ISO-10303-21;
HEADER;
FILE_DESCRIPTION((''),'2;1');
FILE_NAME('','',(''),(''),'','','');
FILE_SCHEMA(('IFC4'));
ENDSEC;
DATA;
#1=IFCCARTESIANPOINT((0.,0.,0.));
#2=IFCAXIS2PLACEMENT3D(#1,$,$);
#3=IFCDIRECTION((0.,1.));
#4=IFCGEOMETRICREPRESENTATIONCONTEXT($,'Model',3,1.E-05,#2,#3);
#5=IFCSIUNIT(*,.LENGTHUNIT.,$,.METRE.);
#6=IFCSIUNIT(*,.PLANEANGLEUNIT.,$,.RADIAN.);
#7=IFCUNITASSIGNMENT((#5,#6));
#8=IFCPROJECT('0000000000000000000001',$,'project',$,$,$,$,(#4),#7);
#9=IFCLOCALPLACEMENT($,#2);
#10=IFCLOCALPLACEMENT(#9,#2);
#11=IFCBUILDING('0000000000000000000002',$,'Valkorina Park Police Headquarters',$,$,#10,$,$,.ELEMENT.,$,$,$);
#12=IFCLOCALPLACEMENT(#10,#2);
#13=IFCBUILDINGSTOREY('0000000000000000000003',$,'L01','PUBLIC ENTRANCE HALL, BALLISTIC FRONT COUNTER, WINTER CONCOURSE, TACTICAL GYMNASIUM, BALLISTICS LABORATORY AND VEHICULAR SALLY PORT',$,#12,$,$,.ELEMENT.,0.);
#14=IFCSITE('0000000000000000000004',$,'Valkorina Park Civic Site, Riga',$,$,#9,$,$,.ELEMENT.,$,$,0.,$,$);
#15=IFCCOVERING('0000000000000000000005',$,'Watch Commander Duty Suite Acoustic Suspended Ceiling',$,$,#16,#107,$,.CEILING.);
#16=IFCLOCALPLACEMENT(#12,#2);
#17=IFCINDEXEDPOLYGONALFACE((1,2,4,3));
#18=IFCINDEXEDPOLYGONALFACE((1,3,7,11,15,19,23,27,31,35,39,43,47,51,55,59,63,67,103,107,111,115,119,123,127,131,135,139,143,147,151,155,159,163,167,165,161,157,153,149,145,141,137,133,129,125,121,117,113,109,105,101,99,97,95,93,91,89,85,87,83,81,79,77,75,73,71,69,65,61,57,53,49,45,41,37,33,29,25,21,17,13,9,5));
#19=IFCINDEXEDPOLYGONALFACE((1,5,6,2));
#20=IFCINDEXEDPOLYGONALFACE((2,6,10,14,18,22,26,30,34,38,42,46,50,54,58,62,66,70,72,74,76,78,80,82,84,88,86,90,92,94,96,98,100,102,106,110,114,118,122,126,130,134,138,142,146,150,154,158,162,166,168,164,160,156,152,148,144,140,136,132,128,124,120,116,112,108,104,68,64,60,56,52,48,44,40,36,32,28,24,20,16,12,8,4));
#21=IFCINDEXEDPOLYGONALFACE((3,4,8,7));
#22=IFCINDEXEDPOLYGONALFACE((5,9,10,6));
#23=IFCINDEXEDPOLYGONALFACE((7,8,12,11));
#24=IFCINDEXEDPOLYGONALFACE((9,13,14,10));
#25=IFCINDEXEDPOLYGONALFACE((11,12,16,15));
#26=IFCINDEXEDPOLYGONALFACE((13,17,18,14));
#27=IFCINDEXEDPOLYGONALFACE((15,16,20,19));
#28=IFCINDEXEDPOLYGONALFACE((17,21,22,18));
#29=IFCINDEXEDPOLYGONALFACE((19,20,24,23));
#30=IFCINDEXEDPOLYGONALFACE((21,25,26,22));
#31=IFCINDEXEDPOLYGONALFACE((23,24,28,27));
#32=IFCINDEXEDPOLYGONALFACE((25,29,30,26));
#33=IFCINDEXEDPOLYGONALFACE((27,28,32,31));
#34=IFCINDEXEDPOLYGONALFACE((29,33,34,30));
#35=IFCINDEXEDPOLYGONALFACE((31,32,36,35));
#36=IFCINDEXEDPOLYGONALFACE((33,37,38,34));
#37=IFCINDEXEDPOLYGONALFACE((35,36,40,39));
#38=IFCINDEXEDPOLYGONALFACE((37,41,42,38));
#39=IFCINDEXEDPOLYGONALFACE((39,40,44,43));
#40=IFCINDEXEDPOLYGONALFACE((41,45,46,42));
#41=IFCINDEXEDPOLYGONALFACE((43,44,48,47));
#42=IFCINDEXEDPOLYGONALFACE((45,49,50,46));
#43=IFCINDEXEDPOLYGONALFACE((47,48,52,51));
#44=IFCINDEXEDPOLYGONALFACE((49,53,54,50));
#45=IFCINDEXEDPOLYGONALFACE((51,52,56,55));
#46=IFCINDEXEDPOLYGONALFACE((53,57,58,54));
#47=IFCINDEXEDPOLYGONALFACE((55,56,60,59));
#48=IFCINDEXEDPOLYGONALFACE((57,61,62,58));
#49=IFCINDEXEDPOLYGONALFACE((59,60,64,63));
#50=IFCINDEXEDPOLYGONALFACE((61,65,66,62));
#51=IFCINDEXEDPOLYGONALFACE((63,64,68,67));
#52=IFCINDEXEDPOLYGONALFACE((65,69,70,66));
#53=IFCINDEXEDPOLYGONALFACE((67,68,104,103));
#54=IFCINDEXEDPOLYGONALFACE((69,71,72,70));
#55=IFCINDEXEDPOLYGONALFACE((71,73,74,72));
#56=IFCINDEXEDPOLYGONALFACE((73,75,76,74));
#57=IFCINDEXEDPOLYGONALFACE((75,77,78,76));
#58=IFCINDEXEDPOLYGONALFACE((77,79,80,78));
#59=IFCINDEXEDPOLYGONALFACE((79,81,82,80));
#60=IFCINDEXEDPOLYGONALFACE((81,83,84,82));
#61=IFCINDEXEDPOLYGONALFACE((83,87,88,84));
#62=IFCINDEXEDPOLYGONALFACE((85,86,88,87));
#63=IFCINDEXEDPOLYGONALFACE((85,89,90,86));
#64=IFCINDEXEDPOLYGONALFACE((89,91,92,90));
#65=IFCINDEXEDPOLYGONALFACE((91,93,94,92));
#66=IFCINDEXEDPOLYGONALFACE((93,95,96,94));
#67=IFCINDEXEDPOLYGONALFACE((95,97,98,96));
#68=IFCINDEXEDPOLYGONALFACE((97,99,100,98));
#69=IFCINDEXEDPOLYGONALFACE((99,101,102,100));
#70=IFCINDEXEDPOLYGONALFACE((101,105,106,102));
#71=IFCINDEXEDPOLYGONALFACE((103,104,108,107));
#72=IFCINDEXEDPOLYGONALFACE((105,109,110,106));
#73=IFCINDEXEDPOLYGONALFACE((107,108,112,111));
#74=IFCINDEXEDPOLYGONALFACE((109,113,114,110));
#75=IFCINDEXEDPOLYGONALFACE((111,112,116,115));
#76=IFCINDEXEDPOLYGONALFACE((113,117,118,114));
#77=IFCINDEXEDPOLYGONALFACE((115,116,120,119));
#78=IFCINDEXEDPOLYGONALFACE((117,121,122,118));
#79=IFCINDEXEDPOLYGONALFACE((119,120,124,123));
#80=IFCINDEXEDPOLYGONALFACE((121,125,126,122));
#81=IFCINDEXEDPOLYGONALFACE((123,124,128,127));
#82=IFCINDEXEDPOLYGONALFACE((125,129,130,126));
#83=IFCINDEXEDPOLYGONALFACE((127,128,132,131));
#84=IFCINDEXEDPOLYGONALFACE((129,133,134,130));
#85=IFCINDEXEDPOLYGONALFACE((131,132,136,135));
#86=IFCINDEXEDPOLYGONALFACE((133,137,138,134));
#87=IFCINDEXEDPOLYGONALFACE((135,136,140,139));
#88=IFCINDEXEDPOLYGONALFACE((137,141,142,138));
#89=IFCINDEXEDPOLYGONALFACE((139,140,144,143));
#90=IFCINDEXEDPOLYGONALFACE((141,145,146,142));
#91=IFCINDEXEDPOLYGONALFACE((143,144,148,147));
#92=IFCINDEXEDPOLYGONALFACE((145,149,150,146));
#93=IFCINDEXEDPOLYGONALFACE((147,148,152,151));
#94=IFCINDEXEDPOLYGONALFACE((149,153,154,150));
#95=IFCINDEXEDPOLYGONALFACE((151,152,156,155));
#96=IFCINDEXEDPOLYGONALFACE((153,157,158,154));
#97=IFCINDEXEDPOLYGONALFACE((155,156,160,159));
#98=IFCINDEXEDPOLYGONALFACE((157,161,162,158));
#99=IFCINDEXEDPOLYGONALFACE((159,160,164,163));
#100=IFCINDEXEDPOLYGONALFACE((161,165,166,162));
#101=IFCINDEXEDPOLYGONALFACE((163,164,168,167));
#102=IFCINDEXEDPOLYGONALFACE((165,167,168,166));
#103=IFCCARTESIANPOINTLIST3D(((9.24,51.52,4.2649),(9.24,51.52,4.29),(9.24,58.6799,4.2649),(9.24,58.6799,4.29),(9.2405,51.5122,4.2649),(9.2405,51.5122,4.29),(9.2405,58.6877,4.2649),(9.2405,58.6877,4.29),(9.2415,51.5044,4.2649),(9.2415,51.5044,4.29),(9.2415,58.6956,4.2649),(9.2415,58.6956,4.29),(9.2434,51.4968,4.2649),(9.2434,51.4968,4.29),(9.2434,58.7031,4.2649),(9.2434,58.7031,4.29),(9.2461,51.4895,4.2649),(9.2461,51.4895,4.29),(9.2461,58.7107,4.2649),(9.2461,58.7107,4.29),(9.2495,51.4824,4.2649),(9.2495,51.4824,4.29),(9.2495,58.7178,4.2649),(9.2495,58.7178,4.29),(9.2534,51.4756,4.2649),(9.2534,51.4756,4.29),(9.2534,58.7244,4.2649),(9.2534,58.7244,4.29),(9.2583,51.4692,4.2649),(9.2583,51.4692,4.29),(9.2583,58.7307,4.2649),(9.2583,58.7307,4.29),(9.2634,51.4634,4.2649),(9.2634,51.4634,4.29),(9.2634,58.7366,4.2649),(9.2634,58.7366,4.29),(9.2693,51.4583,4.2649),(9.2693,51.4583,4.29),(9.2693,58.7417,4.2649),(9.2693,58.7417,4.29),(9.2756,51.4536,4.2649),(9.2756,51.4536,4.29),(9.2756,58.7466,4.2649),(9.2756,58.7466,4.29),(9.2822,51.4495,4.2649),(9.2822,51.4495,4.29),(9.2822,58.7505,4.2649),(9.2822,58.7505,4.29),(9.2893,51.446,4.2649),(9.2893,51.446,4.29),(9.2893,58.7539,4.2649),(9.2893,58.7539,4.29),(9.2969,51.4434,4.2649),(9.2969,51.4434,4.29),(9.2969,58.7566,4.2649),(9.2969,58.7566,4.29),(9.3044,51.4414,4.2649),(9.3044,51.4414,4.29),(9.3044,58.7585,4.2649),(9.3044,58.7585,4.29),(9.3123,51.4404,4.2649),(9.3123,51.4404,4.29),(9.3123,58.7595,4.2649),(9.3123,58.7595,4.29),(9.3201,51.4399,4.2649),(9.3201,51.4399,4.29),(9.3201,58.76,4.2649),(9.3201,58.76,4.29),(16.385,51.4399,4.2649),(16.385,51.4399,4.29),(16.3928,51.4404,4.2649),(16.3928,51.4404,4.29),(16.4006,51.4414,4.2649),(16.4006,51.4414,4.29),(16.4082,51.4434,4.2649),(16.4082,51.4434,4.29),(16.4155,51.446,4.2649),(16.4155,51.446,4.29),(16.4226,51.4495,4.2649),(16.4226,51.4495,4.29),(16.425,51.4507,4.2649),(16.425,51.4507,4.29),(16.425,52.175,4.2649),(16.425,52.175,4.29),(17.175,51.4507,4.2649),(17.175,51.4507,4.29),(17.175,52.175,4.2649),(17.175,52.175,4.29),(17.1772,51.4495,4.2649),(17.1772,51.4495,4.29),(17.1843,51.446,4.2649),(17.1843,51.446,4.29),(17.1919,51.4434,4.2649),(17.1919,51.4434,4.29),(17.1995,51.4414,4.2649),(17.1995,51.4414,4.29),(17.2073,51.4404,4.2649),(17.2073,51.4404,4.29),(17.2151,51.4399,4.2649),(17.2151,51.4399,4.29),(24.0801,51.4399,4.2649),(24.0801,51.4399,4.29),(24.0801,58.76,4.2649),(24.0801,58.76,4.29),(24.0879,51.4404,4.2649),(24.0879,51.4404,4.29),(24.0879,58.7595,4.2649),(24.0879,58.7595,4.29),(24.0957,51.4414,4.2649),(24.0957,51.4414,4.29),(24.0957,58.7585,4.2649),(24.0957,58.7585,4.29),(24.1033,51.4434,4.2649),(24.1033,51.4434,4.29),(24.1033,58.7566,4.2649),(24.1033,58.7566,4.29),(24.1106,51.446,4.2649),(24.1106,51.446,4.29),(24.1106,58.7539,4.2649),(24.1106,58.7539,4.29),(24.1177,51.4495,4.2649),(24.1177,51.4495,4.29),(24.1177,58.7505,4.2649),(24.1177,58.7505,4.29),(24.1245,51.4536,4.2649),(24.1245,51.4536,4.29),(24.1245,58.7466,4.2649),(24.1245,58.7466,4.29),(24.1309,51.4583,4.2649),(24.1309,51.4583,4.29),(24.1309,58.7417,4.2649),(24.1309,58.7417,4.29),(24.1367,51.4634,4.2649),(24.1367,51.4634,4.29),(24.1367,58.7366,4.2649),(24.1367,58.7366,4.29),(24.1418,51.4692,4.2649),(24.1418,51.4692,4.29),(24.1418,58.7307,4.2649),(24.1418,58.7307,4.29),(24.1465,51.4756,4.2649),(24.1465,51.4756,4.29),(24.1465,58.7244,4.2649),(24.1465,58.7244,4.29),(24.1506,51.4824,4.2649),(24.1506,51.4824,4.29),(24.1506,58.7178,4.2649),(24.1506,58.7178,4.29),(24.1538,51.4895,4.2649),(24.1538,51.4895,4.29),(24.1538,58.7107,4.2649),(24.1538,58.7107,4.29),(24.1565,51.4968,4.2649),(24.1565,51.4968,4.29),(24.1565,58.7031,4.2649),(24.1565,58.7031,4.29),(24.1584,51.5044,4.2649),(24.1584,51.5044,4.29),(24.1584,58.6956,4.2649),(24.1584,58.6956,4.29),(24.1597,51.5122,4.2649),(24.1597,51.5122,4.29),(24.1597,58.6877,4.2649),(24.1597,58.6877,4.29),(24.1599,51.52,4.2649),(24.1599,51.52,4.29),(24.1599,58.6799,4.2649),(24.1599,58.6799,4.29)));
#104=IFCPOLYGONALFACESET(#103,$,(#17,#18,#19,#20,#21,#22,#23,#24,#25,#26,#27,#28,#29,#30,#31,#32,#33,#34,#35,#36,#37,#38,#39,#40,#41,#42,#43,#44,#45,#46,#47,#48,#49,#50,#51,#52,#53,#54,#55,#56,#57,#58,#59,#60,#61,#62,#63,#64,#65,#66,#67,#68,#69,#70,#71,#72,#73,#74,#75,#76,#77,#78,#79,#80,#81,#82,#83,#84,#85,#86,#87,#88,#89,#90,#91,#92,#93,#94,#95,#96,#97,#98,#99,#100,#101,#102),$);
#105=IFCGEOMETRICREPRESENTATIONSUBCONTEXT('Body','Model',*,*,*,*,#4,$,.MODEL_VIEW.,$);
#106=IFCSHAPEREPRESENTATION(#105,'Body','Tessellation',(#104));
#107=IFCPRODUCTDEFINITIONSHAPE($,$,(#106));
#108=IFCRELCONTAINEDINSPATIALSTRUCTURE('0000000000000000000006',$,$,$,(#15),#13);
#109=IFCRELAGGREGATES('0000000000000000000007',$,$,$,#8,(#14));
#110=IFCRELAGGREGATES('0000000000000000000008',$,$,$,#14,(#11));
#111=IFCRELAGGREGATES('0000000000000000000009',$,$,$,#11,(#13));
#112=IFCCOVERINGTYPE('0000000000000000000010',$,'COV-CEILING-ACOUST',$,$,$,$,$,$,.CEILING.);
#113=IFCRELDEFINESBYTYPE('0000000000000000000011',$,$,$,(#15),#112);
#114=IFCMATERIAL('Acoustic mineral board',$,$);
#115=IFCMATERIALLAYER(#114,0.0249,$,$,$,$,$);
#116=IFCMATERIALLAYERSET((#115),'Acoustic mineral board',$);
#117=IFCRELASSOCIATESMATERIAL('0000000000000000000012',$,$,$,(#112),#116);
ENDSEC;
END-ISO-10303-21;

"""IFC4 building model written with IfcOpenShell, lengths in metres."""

from ifc_helpers import new_model, si_unit, direction, frame, origin, place, context, subcontext, project, spatial, polyline, outline, extrude, material, layer, layer_set, type_object, element, save


model = new_model("IFC4")

# Units and contexts
model_context = context("Model", 3, precision=1e-05, world=origin(), true_north=direction((0.0, 1.0)))
body_context = subcontext(model_context, "Body", "Model", "MODEL_VIEW")
ifc_project = project(units=[si_unit("LENGTHUNIT", "METRE"), si_unit("PLANEANGLEUNIT", "RADIAN")], contexts=[model_context])

# Site, building, storey
site_placement = place(None, origin())
site = spatial("IfcSite", under=ifc_project, at=site_placement, Name="Valkorina Park Civic Site, Riga", CompositionType="ELEMENT", RefElevation=0.0)
building_placement = place(site_placement, origin())
building = spatial("IfcBuilding", under=site, at=building_placement, Name="Valkorina Park Police Headquarters", CompositionType="ELEMENT")
storey_placement = place(building_placement, origin())
storey = spatial("IfcBuildingStorey", under=building, at=storey_placement, Name="L01", Description="PUBLIC ENTRANCE HALL, BALLISTIC FRONT COUNTER, WINTER CONCOURSE, TACTICAL GYMNASIUM, BALLISTICS LABORATORY AND VEHICULAR SALLY PORT", CompositionType="ELEMENT", Elevation=0.0)

# Covering
ifc_material_1 = material(Name="Acoustic mineral board")
ifc_layer_1 = layer(ifc_material_1, 0.0249)
ifc_layer_set_1 = layer_set([ifc_layer_1], Name="Acoustic mineral board")
covering_type_1 = type_object("IfcCoveringType", Name="COV-CEILING-ACOUST", PredefinedType="CEILING", material=ifc_layer_set_1)
covering_1_placement = place(storey_placement, frame((0.0, 0.0, 4.2649)))
element("IfcCovering", 1, at=covering_1_placement, inside=storey, type_object=covering_type_1, Name="Watch Commander Duty Suite Acoustic Suspended Ceiling", PredefinedType="CEILING", context=body_context, shape_type="SweptSolid", body=[
    extrude(outline(polyline([(24.1584, 51.5044), (24.1597, 51.5122), (24.1599, 51.52), (24.1599, 58.6799), (24.1597, 58.6877), (24.1584, 58.6956), (24.1565, 58.7031), (24.1538, 58.7107), (24.1506, 58.7178), (24.1465, 58.7244), (24.1418, 58.7307), (24.1367, 58.7366), (24.1309, 58.7417), (24.1245, 58.7466), (24.1177, 58.7505), (24.1106, 58.7539), (24.1033, 58.7566), (24.0957, 58.7585), (24.0879, 58.7595), (24.0801, 58.76), (9.3201, 58.76), (9.3123, 58.7595), (9.3044, 58.7585), (9.2969, 58.7566), (9.2893, 58.7539), (9.2822, 58.7505), (9.2756, 58.7466), (9.2693, 58.7417), (9.2634, 58.7366), (9.2583, 58.7307), (9.2534, 58.7244), (9.2495, 58.7178), (9.2461, 58.7107), (9.2434, 58.7031), (9.2415, 58.6956), (9.2405, 58.6877), (9.24, 58.6799), (9.24, 51.52), (9.2405, 51.5122), (9.2415, 51.5044), (9.2434, 51.4968), (9.2461, 51.4895), (9.2495, 51.4824), (9.2534, 51.4756), (9.2583, 51.4692), (9.2634, 51.4634), (9.2693, 51.4583), (9.2756, 51.4536), (9.2822, 51.4495), (9.2893, 51.446), (9.2969, 51.4434), (9.3044, 51.4414), (9.3123, 51.4404), (9.3201, 51.4399), (16.385, 51.4399), (16.3928, 51.4404), (16.4006, 51.4414), (16.4082, 51.4434), (16.4155, 51.446), (16.4226, 51.4495), (16.425, 51.4507), (16.425, 52.175), (17.175, 52.175), (17.175, 51.4507), (17.1772, 51.4495), (17.1843, 51.446), (17.1919, 51.4434), (17.1995, 51.4414), (17.2073, 51.4404), (17.2151, 51.4399), (24.0801, 51.4399), (24.0879, 51.4404), (24.0957, 51.4414), (24.1033, 51.4434), (24.1106, 51.446), (24.1177, 51.4495), (24.1245, 51.4536), (24.1309, 51.4583), (24.1367, 51.4634), (24.1418, 51.4692), (24.1465, 51.4756), (24.1506, 51.4824), (24.1538, 51.4895), (24.1565, 51.4968), (24.1584, 51.5044)])), origin(), (0.0, 0.0, 1.0), 0.0251),
])

save(model, "model.ifc")
